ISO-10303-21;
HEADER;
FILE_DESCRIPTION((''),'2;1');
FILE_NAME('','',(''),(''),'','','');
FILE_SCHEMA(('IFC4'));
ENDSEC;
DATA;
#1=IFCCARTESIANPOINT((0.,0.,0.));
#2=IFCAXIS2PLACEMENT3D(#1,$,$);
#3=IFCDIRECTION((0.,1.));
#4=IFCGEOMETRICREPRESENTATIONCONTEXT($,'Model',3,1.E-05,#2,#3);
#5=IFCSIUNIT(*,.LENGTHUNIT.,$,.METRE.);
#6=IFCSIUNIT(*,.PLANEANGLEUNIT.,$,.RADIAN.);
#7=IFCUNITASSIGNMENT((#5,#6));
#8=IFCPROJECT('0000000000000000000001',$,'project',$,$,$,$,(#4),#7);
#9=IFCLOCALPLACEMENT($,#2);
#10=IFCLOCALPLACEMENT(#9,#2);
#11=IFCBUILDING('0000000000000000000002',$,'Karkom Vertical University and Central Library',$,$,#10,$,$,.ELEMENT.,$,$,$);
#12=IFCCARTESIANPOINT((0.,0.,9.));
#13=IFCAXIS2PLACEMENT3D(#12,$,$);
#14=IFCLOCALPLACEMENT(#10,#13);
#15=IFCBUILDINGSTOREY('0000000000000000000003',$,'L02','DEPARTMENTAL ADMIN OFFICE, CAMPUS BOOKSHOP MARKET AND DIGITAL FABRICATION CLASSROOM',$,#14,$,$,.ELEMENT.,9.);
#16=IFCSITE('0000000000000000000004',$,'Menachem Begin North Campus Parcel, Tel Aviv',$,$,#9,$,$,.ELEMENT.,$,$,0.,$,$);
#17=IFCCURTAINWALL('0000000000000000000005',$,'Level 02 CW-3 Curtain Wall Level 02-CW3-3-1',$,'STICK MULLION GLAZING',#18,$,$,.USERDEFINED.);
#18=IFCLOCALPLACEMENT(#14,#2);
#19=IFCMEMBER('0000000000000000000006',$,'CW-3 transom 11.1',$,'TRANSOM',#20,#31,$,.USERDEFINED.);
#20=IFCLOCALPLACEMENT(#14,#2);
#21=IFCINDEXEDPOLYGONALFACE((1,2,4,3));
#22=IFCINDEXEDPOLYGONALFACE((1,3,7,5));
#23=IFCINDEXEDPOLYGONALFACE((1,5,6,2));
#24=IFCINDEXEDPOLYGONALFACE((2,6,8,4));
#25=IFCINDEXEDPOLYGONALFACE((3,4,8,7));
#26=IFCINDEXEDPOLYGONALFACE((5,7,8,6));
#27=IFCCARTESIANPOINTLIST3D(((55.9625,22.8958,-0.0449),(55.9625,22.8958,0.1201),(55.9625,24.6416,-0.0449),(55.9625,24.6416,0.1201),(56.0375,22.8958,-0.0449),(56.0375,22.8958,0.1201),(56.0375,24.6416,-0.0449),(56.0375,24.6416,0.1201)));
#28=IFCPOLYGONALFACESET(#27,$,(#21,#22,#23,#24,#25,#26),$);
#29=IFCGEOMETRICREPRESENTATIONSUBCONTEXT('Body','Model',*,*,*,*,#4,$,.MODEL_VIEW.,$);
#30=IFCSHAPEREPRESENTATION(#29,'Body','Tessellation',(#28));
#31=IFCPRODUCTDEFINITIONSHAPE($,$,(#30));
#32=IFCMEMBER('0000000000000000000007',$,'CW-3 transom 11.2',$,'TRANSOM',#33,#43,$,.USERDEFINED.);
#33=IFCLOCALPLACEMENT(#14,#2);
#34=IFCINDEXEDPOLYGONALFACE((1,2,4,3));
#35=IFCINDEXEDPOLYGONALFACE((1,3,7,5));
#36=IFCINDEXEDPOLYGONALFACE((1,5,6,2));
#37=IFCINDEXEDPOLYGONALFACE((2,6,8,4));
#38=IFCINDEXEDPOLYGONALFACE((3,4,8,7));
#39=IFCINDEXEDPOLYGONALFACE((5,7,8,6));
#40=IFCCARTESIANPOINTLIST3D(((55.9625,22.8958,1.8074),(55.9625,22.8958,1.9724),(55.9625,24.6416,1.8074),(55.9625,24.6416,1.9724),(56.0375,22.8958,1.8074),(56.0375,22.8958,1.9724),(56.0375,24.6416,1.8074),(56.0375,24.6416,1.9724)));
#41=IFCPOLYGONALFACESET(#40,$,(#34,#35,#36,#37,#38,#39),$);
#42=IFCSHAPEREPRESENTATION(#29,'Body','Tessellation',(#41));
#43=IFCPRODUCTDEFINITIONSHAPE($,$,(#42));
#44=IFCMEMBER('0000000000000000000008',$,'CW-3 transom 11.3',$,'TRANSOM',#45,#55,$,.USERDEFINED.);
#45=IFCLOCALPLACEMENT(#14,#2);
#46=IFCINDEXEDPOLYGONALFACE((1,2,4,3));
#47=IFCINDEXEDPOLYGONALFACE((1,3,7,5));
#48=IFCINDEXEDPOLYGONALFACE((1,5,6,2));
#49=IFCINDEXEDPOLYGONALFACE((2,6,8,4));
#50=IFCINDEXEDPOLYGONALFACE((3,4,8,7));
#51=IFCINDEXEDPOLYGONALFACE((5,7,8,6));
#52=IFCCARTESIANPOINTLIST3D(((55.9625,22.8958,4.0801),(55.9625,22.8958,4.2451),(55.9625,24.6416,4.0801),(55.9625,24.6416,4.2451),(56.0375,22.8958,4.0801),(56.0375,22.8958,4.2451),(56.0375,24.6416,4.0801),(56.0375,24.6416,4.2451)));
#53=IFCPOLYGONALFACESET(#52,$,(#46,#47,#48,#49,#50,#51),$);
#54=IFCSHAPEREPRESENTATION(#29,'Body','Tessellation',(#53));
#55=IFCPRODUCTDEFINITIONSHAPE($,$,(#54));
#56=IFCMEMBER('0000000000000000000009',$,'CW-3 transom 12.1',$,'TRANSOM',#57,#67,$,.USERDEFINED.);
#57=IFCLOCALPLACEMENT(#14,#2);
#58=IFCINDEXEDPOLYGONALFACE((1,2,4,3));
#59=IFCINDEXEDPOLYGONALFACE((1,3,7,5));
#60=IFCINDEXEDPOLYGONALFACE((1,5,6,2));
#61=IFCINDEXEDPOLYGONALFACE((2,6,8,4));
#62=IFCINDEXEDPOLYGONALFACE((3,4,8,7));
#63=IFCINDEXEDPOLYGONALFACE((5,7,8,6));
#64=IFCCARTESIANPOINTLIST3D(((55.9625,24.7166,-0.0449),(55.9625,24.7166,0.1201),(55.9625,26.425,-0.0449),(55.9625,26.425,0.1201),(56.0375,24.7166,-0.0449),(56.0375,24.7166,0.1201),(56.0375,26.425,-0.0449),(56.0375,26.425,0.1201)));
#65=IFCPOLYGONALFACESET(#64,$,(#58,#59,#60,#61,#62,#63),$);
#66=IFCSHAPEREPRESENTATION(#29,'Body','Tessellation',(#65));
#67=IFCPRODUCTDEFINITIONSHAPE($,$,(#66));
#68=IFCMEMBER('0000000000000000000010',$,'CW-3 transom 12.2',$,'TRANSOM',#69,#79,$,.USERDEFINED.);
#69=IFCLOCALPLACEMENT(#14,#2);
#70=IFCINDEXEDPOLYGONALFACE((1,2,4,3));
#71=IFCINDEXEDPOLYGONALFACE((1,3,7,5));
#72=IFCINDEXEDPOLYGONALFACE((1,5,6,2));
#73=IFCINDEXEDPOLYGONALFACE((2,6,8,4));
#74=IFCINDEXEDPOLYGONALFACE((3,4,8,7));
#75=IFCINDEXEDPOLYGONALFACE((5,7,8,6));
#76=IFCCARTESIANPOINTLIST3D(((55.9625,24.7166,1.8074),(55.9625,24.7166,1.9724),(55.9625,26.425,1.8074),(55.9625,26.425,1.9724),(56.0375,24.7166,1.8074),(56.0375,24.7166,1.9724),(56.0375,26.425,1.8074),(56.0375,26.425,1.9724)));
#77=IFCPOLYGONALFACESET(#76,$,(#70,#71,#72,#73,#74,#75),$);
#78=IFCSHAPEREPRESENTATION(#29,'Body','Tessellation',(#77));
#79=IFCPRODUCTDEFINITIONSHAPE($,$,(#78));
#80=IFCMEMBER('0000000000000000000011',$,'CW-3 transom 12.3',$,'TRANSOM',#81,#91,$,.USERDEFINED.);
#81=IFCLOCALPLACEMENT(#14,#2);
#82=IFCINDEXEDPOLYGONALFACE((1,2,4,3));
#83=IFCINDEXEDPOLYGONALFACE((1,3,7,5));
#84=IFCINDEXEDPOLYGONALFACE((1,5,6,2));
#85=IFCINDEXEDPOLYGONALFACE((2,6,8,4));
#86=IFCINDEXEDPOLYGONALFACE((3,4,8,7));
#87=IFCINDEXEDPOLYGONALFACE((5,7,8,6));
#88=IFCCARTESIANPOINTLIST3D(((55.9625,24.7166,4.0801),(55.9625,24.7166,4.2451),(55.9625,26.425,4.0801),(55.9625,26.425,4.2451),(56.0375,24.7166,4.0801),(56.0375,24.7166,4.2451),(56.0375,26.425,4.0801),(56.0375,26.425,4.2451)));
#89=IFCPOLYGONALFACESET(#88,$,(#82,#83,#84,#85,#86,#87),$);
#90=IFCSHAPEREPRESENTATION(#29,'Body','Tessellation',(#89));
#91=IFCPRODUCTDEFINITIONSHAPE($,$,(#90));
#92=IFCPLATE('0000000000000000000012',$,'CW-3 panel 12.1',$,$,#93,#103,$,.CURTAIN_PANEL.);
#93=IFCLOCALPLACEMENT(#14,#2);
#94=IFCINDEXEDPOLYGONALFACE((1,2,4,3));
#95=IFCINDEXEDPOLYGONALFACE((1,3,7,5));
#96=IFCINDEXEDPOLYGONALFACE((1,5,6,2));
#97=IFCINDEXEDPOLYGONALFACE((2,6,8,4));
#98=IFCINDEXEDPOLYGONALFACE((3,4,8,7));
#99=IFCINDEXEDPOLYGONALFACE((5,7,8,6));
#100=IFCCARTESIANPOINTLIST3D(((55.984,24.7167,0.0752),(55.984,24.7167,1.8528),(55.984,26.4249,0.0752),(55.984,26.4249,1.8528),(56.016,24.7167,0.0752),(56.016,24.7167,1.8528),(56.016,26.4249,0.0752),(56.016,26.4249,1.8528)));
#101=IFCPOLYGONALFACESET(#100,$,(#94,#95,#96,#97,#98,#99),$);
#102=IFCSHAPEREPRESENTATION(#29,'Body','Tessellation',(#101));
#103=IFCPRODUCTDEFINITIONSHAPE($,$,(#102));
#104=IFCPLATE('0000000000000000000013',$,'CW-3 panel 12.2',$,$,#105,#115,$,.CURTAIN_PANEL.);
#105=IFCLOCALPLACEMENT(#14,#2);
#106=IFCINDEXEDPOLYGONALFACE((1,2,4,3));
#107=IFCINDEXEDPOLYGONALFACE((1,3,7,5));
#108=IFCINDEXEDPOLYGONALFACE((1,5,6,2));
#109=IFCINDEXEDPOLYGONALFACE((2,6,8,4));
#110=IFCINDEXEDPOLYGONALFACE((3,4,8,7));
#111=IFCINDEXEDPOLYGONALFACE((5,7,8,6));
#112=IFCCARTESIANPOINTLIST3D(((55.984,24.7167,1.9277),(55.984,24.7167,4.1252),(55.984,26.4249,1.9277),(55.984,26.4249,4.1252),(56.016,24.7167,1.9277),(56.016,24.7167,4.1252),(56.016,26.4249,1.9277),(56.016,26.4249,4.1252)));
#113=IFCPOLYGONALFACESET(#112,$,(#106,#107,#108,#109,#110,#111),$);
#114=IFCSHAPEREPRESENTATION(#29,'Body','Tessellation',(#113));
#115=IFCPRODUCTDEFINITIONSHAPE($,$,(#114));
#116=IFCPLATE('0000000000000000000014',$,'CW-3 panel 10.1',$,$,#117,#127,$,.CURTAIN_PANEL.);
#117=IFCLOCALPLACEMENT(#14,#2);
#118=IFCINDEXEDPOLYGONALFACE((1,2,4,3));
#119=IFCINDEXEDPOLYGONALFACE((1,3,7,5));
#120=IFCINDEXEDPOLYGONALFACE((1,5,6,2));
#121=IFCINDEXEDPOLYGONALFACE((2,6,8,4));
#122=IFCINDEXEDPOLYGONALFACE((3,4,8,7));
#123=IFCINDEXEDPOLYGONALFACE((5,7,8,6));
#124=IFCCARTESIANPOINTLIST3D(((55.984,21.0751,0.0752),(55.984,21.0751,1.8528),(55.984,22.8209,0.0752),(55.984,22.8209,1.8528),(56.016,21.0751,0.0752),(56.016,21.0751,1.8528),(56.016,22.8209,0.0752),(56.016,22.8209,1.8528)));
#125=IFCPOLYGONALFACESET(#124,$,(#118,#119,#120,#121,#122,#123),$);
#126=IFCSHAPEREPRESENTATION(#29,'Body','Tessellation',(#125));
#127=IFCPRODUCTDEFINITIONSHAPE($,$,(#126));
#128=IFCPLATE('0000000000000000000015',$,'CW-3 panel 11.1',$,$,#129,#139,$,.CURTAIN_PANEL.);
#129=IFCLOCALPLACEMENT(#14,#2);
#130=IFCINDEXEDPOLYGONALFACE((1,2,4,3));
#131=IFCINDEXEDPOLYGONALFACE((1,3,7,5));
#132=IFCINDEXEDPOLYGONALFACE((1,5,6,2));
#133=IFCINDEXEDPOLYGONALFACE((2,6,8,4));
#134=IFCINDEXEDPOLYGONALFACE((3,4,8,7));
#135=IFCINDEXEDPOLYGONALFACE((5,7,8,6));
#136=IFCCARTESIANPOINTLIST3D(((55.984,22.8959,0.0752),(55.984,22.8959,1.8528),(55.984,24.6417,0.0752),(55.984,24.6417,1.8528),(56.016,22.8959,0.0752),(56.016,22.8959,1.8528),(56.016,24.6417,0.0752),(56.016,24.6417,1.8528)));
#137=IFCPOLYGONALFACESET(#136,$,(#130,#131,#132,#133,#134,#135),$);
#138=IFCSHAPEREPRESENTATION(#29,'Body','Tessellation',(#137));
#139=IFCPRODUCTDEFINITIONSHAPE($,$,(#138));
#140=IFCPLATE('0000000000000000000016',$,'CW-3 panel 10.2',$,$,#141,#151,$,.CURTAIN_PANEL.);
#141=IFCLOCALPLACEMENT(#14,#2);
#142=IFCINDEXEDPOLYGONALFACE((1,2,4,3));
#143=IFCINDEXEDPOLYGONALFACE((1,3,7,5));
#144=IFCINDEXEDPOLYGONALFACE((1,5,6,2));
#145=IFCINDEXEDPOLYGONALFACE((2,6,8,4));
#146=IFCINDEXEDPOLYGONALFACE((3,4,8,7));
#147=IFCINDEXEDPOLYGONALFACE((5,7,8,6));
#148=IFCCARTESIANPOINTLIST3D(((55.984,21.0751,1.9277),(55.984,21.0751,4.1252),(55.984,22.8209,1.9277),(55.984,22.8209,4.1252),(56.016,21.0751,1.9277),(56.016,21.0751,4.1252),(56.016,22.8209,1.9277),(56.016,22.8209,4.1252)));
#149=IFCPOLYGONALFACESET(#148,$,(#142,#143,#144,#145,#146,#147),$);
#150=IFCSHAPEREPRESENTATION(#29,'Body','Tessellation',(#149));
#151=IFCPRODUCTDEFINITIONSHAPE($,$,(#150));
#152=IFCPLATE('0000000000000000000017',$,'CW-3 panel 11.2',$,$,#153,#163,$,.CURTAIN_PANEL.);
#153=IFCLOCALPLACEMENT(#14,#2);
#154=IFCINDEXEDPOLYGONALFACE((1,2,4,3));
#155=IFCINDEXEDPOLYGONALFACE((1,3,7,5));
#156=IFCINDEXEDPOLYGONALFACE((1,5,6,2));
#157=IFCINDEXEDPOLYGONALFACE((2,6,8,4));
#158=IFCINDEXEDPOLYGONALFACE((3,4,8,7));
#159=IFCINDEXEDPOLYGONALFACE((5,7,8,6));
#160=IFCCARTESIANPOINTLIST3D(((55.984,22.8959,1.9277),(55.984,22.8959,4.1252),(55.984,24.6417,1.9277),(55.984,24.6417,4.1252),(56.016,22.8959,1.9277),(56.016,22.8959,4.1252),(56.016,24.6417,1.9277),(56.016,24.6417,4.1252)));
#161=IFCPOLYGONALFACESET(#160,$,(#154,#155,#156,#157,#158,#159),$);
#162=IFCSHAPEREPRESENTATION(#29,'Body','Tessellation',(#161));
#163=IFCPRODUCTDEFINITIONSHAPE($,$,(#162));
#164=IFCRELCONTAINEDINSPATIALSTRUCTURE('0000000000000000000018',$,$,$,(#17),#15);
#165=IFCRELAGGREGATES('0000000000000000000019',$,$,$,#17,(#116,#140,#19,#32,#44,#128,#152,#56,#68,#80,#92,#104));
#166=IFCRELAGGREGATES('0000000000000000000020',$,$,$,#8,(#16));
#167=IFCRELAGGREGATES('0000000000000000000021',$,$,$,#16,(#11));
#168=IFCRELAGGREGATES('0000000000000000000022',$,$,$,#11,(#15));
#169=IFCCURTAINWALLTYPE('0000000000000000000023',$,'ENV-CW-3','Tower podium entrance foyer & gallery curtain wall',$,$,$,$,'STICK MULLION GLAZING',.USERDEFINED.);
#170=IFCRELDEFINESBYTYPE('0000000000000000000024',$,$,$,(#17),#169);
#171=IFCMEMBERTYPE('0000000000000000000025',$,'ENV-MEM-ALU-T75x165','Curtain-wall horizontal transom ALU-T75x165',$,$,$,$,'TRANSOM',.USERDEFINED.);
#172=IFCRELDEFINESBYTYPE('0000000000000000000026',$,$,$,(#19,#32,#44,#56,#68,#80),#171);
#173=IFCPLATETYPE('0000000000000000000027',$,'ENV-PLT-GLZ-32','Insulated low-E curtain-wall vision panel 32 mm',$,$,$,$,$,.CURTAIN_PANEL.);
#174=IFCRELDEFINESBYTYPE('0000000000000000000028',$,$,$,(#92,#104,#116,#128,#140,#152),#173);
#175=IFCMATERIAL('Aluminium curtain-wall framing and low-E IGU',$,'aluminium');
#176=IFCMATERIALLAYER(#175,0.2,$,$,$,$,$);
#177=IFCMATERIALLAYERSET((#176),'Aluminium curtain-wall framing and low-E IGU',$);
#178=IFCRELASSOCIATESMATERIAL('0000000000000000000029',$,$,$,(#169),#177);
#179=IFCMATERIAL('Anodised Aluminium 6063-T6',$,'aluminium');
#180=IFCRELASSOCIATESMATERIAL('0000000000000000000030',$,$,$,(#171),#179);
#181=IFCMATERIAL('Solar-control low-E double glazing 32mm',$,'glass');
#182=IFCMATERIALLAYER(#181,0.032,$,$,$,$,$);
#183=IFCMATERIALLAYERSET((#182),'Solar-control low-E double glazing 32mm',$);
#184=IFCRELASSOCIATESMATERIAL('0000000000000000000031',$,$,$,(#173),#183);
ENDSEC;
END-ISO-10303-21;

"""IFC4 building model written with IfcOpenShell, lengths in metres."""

from ifc_helpers import new_model, si_unit, direction, frame, origin, origin_with_axes, origin_2d, place, context, subcontext, project, spatial, rectangle, extrude, source, transform, mapped, material, layer, layer_set, material_profile, profile_set, type_object, element, aggregate, save


model = new_model("IFC4")

# Units and contexts
model_context = context("Model", 3, precision=1e-05, world=origin(), true_north=direction((0.0, 1.0)))
body_context = subcontext(model_context, "Body", "Model", "MODEL_VIEW")
ifc_project = project(units=[si_unit("LENGTHUNIT", "METRE"), si_unit("PLANEANGLEUNIT", "RADIAN")], contexts=[model_context])

# Site, building, storey
site_placement = place(None, origin())
site = spatial("IfcSite", under=ifc_project, at=site_placement, Name="Menachem Begin North Campus Parcel, Tel Aviv", CompositionType="ELEMENT", RefElevation=0.0)
building_placement = place(site_placement, origin())
building = spatial("IfcBuilding", under=site, at=building_placement, Name="Karkom Vertical University and Central Library", CompositionType="ELEMENT")
storey_placement = place(building_placement, frame((0.0, 0.0, 9.0)))
storey = spatial("IfcBuildingStorey", under=building, at=storey_placement, Name="L02", Description="DEPARTMENTAL ADMIN OFFICE, CAMPUS BOOKSHOP MARKET AND DIGITAL FABRICATION CLASSROOM", CompositionType="ELEMENT", Elevation=9.0)

# Curtain wall
ifc_material_1 = material(Name="Aluminium curtain-wall framing and low-E IGU", Category="aluminium")
ifc_layer_1 = layer(ifc_material_1, 0.2)
ifc_layer_set_1 = layer_set([ifc_layer_1], Name="Aluminium curtain-wall framing and low-E IGU")
curtain_wall_type_1 = type_object("IfcCurtainWallType", Name="ENV-CW-3", Description="Tower podium entrance foyer & gallery curtain wall", ElementType="STICK MULLION GLAZING", PredefinedType="USERDEFINED", material=ifc_layer_set_1)
curtain_wall_1_placement = place(storey_placement, origin())
curtain_wall_1 = element("IfcCurtainWall", 1, at=curtain_wall_1_placement, inside=storey, type_object=curtain_wall_type_1, Name="Level 02 CW-3 Curtain Wall Level 02-CW3-3-1", ObjectType="STICK MULLION GLAZING", PredefinedType="USERDEFINED")
ifc_material_2 = material(Name="Anodised Aluminium 6063-T6", Category="aluminium")

# Members
ifc_material_profile_1 = material_profile(ifc_material_2, rectangle(XDim=0.075, YDim=0.165, at=origin_2d()), Name="ALU-T75x165")
ifc_profile_set_1 = profile_set([ifc_material_profile_1], Name="Anodised Aluminium 6063-T6")
member_type_1 = type_object("IfcMemberType", Name="ENV-MEM-ALU-T75x165", Description="Curtain-wall horizontal transom ALU-T75x165", ElementType="TRANSOM", PredefinedType="USERDEFINED", material=ifc_profile_set_1)
shared_shape_1 = source(origin_with_axes(), body_context, "Body", "SweptSolid", [
    extrude(rectangle(XDim=0.075, YDim=0.165, at=origin_2d()), origin(), (0.0, 0.0, 1.0), 1.7458),
])
member_1_placement = place(storey_placement, frame((56.0, 22.8958, 0.0376), z_axis=(0.0, 1.0, 0.0), x_axis=(-1.0, 0.0, 0.0)))
member_1 = element("IfcMember", 2, at=member_1_placement, type_object=member_type_1, Name="CW-3 transom 11.1", ObjectType="TRANSOM", PredefinedType="USERDEFINED", context=body_context, shape_type="MappedRepresentation", body=[
    mapped(shared_shape_1, transform((0.0, 0.0, 0.0), scale=1.0)),
])
member_2_placement = place(storey_placement, frame((56.0, 22.8958, 1.8899), z_axis=(0.0, 1.0, 0.0), x_axis=(-1.0, 0.0, 0.0)))
member_2 = element("IfcMember", 3, at=member_2_placement, type_object=member_type_1, Name="CW-3 transom 11.2", ObjectType="TRANSOM", PredefinedType="USERDEFINED", context=body_context, shape_type="MappedRepresentation", body=[
    mapped(shared_shape_1, transform((0.0, 0.0, 0.0), scale=1.0)),
])
member_3_placement = place(storey_placement, frame((56.0, 22.8958, 4.1626), z_axis=(0.0, 1.0, 0.0), x_axis=(-1.0, 0.0, 0.0)))
member_3 = element("IfcMember", 4, at=member_3_placement, type_object=member_type_1, Name="CW-3 transom 11.3", ObjectType="TRANSOM", PredefinedType="USERDEFINED", context=body_context, shape_type="MappedRepresentation", body=[
    mapped(shared_shape_1, transform((0.0, 0.0, 0.0), scale=1.0)),
])
shared_shape_2 = source(origin_with_axes(), body_context, "Body", "SweptSolid", [
    extrude(rectangle(XDim=0.075, YDim=0.165, at=origin_2d()), origin(), (0.0, 0.0, 1.0), 1.7085),
])
member_4_placement = place(storey_placement, frame((56.0, 24.7166, 0.0376), z_axis=(0.0, 1.0, 0.0), x_axis=(-1.0, 0.0, 0.0)))
member_4 = element("IfcMember", 5, at=member_4_placement, type_object=member_type_1, Name="CW-3 transom 12.1", ObjectType="TRANSOM", PredefinedType="USERDEFINED", context=body_context, shape_type="MappedRepresentation", body=[
    mapped(shared_shape_2, transform((0.0, 0.0, 0.0), scale=1.0)),
])
member_5_placement = place(storey_placement, frame((56.0, 24.7166, 1.8899), z_axis=(0.0, 1.0, 0.0), x_axis=(-1.0, 0.0, 0.0)))
member_5 = element("IfcMember", 6, at=member_5_placement, type_object=member_type_1, Name="CW-3 transom 12.2", ObjectType="TRANSOM", PredefinedType="USERDEFINED", context=body_context, shape_type="MappedRepresentation", body=[
    mapped(shared_shape_2, transform((0.0, 0.0, 0.0), scale=1.0)),
])
member_6_placement = place(storey_placement, frame((56.0, 24.7166, 4.1626), z_axis=(0.0, 1.0, 0.0), x_axis=(-1.0, 0.0, 0.0)))
member_6 = element("IfcMember", 7, at=member_6_placement, type_object=member_type_1, Name="CW-3 transom 12.3", ObjectType="TRANSOM", PredefinedType="USERDEFINED", context=body_context, shape_type="MappedRepresentation", body=[
    mapped(shared_shape_2, transform((0.0, 0.0, 0.0), scale=1.0)),
])

# Plates
ifc_material_3 = material(Name="Solar-control low-E double glazing 32mm", Category="glass")
ifc_layer_2 = layer(ifc_material_3, 0.032)
ifc_layer_set_2 = layer_set([ifc_layer_2], Name="Solar-control low-E double glazing 32mm")
plate_type = type_object("IfcPlateType", Name="ENV-PLT-GLZ-32", Description="Insulated low-E curtain-wall vision panel 32 mm", PredefinedType="CURTAIN_PANEL", material=ifc_layer_set_2)
shared_shape_3 = source(origin_with_axes(), body_context, "Body", "SweptSolid", [
    extrude(rectangle(XDim=1.7083, YDim=0.032, at=origin_2d()), origin(), (0.0, 0.0, 1.0), 1.7776),
])
plate_1_placement = place(storey_placement, frame((56.0, 25.5708, 0.0752), z_axis=(0.0, 0.0, 1.0), x_axis=(0.0, 1.0, 0.0)))
plate_1 = element("IfcPlate", 8, at=plate_1_placement, type_object=plate_type, Name="CW-3 panel 12.1", PredefinedType="CURTAIN_PANEL", context=body_context, shape_type="MappedRepresentation", body=[
    mapped(shared_shape_3, transform((0.0, 0.0, 0.0), scale=1.0)),
])
shared_shape_4 = source(origin_with_axes(), body_context, "Body", "SweptSolid", [
    extrude(rectangle(XDim=1.7083, YDim=0.032, at=origin_2d()), origin(), (0.0, 0.0, 1.0), 2.1975),
])
plate_2_placement = place(storey_placement, frame((56.0, 25.5708, 1.9277), z_axis=(0.0, 0.0, 1.0), x_axis=(0.0, 1.0, 0.0)))
plate_2 = element("IfcPlate", 9, at=plate_2_placement, type_object=plate_type, Name="CW-3 panel 12.2", PredefinedType="CURTAIN_PANEL", context=body_context, shape_type="MappedRepresentation", body=[
    mapped(shared_shape_4, transform((0.0, 0.0, 0.0), scale=1.0)),
])
shared_shape_5 = source(origin_with_axes(), body_context, "Body", "SweptSolid", [
    extrude(rectangle(XDim=1.7458, YDim=0.032, at=origin_2d()), origin(), (0.0, 0.0, 1.0), 1.7776),
])
plate_3_placement = place(storey_placement, frame((56.0, 21.948, 0.0752), z_axis=(0.0, 0.0, 1.0), x_axis=(0.0, 1.0, 0.0)))
plate_3 = element("IfcPlate", 10, at=plate_3_placement, type_object=plate_type, Name="CW-3 panel 10.1", PredefinedType="CURTAIN_PANEL", context=body_context, shape_type="MappedRepresentation", body=[
    mapped(shared_shape_5, transform((0.0, 0.0, 0.0), scale=1.0)),
])
plate_4_placement = place(storey_placement, frame((56.0, 23.7688, 0.0752), z_axis=(0.0, 0.0, 1.0), x_axis=(0.0, 1.0, 0.0)))
plate_4 = element("IfcPlate", 11, at=plate_4_placement, type_object=plate_type, Name="CW-3 panel 11.1", PredefinedType="CURTAIN_PANEL", context=body_context, shape_type="MappedRepresentation", body=[
    mapped(shared_shape_5, transform((0.0, 0.0, 0.0), scale=1.0)),
])
shared_shape_6 = source(origin_with_axes(), body_context, "Body", "SweptSolid", [
    extrude(rectangle(XDim=1.7458, YDim=0.032, at=origin_2d()), origin(), (0.0, 0.0, 1.0), 2.1975),
])
plate_5_placement = place(storey_placement, frame((56.0, 21.948, 1.9277), z_axis=(0.0, 0.0, 1.0), x_axis=(0.0, 1.0, 0.0)))
plate_5 = element("IfcPlate", 12, at=plate_5_placement, type_object=plate_type, Name="CW-3 panel 10.2", PredefinedType="CURTAIN_PANEL", context=body_context, shape_type="MappedRepresentation", body=[
    mapped(shared_shape_6, transform((0.0, 0.0, 0.0), scale=1.0)),
])
plate_6_placement = place(storey_placement, frame((56.0, 23.7688, 1.9277), z_axis=(0.0, 0.0, 1.0), x_axis=(0.0, 1.0, 0.0)))
plate_6 = element("IfcPlate", 13, at=plate_6_placement, type_object=plate_type, Name="CW-3 panel 11.2", PredefinedType="CURTAIN_PANEL", context=body_context, shape_type="MappedRepresentation", body=[
    mapped(shared_shape_6, transform((0.0, 0.0, 0.0), scale=1.0)),
])
aggregate(curtain_wall_1, [plate_3, plate_5, member_1, member_2, member_3, plate_4, plate_6, member_4, member_5, member_6, plate_1, plate_2])

save(model, "model.ifc")
